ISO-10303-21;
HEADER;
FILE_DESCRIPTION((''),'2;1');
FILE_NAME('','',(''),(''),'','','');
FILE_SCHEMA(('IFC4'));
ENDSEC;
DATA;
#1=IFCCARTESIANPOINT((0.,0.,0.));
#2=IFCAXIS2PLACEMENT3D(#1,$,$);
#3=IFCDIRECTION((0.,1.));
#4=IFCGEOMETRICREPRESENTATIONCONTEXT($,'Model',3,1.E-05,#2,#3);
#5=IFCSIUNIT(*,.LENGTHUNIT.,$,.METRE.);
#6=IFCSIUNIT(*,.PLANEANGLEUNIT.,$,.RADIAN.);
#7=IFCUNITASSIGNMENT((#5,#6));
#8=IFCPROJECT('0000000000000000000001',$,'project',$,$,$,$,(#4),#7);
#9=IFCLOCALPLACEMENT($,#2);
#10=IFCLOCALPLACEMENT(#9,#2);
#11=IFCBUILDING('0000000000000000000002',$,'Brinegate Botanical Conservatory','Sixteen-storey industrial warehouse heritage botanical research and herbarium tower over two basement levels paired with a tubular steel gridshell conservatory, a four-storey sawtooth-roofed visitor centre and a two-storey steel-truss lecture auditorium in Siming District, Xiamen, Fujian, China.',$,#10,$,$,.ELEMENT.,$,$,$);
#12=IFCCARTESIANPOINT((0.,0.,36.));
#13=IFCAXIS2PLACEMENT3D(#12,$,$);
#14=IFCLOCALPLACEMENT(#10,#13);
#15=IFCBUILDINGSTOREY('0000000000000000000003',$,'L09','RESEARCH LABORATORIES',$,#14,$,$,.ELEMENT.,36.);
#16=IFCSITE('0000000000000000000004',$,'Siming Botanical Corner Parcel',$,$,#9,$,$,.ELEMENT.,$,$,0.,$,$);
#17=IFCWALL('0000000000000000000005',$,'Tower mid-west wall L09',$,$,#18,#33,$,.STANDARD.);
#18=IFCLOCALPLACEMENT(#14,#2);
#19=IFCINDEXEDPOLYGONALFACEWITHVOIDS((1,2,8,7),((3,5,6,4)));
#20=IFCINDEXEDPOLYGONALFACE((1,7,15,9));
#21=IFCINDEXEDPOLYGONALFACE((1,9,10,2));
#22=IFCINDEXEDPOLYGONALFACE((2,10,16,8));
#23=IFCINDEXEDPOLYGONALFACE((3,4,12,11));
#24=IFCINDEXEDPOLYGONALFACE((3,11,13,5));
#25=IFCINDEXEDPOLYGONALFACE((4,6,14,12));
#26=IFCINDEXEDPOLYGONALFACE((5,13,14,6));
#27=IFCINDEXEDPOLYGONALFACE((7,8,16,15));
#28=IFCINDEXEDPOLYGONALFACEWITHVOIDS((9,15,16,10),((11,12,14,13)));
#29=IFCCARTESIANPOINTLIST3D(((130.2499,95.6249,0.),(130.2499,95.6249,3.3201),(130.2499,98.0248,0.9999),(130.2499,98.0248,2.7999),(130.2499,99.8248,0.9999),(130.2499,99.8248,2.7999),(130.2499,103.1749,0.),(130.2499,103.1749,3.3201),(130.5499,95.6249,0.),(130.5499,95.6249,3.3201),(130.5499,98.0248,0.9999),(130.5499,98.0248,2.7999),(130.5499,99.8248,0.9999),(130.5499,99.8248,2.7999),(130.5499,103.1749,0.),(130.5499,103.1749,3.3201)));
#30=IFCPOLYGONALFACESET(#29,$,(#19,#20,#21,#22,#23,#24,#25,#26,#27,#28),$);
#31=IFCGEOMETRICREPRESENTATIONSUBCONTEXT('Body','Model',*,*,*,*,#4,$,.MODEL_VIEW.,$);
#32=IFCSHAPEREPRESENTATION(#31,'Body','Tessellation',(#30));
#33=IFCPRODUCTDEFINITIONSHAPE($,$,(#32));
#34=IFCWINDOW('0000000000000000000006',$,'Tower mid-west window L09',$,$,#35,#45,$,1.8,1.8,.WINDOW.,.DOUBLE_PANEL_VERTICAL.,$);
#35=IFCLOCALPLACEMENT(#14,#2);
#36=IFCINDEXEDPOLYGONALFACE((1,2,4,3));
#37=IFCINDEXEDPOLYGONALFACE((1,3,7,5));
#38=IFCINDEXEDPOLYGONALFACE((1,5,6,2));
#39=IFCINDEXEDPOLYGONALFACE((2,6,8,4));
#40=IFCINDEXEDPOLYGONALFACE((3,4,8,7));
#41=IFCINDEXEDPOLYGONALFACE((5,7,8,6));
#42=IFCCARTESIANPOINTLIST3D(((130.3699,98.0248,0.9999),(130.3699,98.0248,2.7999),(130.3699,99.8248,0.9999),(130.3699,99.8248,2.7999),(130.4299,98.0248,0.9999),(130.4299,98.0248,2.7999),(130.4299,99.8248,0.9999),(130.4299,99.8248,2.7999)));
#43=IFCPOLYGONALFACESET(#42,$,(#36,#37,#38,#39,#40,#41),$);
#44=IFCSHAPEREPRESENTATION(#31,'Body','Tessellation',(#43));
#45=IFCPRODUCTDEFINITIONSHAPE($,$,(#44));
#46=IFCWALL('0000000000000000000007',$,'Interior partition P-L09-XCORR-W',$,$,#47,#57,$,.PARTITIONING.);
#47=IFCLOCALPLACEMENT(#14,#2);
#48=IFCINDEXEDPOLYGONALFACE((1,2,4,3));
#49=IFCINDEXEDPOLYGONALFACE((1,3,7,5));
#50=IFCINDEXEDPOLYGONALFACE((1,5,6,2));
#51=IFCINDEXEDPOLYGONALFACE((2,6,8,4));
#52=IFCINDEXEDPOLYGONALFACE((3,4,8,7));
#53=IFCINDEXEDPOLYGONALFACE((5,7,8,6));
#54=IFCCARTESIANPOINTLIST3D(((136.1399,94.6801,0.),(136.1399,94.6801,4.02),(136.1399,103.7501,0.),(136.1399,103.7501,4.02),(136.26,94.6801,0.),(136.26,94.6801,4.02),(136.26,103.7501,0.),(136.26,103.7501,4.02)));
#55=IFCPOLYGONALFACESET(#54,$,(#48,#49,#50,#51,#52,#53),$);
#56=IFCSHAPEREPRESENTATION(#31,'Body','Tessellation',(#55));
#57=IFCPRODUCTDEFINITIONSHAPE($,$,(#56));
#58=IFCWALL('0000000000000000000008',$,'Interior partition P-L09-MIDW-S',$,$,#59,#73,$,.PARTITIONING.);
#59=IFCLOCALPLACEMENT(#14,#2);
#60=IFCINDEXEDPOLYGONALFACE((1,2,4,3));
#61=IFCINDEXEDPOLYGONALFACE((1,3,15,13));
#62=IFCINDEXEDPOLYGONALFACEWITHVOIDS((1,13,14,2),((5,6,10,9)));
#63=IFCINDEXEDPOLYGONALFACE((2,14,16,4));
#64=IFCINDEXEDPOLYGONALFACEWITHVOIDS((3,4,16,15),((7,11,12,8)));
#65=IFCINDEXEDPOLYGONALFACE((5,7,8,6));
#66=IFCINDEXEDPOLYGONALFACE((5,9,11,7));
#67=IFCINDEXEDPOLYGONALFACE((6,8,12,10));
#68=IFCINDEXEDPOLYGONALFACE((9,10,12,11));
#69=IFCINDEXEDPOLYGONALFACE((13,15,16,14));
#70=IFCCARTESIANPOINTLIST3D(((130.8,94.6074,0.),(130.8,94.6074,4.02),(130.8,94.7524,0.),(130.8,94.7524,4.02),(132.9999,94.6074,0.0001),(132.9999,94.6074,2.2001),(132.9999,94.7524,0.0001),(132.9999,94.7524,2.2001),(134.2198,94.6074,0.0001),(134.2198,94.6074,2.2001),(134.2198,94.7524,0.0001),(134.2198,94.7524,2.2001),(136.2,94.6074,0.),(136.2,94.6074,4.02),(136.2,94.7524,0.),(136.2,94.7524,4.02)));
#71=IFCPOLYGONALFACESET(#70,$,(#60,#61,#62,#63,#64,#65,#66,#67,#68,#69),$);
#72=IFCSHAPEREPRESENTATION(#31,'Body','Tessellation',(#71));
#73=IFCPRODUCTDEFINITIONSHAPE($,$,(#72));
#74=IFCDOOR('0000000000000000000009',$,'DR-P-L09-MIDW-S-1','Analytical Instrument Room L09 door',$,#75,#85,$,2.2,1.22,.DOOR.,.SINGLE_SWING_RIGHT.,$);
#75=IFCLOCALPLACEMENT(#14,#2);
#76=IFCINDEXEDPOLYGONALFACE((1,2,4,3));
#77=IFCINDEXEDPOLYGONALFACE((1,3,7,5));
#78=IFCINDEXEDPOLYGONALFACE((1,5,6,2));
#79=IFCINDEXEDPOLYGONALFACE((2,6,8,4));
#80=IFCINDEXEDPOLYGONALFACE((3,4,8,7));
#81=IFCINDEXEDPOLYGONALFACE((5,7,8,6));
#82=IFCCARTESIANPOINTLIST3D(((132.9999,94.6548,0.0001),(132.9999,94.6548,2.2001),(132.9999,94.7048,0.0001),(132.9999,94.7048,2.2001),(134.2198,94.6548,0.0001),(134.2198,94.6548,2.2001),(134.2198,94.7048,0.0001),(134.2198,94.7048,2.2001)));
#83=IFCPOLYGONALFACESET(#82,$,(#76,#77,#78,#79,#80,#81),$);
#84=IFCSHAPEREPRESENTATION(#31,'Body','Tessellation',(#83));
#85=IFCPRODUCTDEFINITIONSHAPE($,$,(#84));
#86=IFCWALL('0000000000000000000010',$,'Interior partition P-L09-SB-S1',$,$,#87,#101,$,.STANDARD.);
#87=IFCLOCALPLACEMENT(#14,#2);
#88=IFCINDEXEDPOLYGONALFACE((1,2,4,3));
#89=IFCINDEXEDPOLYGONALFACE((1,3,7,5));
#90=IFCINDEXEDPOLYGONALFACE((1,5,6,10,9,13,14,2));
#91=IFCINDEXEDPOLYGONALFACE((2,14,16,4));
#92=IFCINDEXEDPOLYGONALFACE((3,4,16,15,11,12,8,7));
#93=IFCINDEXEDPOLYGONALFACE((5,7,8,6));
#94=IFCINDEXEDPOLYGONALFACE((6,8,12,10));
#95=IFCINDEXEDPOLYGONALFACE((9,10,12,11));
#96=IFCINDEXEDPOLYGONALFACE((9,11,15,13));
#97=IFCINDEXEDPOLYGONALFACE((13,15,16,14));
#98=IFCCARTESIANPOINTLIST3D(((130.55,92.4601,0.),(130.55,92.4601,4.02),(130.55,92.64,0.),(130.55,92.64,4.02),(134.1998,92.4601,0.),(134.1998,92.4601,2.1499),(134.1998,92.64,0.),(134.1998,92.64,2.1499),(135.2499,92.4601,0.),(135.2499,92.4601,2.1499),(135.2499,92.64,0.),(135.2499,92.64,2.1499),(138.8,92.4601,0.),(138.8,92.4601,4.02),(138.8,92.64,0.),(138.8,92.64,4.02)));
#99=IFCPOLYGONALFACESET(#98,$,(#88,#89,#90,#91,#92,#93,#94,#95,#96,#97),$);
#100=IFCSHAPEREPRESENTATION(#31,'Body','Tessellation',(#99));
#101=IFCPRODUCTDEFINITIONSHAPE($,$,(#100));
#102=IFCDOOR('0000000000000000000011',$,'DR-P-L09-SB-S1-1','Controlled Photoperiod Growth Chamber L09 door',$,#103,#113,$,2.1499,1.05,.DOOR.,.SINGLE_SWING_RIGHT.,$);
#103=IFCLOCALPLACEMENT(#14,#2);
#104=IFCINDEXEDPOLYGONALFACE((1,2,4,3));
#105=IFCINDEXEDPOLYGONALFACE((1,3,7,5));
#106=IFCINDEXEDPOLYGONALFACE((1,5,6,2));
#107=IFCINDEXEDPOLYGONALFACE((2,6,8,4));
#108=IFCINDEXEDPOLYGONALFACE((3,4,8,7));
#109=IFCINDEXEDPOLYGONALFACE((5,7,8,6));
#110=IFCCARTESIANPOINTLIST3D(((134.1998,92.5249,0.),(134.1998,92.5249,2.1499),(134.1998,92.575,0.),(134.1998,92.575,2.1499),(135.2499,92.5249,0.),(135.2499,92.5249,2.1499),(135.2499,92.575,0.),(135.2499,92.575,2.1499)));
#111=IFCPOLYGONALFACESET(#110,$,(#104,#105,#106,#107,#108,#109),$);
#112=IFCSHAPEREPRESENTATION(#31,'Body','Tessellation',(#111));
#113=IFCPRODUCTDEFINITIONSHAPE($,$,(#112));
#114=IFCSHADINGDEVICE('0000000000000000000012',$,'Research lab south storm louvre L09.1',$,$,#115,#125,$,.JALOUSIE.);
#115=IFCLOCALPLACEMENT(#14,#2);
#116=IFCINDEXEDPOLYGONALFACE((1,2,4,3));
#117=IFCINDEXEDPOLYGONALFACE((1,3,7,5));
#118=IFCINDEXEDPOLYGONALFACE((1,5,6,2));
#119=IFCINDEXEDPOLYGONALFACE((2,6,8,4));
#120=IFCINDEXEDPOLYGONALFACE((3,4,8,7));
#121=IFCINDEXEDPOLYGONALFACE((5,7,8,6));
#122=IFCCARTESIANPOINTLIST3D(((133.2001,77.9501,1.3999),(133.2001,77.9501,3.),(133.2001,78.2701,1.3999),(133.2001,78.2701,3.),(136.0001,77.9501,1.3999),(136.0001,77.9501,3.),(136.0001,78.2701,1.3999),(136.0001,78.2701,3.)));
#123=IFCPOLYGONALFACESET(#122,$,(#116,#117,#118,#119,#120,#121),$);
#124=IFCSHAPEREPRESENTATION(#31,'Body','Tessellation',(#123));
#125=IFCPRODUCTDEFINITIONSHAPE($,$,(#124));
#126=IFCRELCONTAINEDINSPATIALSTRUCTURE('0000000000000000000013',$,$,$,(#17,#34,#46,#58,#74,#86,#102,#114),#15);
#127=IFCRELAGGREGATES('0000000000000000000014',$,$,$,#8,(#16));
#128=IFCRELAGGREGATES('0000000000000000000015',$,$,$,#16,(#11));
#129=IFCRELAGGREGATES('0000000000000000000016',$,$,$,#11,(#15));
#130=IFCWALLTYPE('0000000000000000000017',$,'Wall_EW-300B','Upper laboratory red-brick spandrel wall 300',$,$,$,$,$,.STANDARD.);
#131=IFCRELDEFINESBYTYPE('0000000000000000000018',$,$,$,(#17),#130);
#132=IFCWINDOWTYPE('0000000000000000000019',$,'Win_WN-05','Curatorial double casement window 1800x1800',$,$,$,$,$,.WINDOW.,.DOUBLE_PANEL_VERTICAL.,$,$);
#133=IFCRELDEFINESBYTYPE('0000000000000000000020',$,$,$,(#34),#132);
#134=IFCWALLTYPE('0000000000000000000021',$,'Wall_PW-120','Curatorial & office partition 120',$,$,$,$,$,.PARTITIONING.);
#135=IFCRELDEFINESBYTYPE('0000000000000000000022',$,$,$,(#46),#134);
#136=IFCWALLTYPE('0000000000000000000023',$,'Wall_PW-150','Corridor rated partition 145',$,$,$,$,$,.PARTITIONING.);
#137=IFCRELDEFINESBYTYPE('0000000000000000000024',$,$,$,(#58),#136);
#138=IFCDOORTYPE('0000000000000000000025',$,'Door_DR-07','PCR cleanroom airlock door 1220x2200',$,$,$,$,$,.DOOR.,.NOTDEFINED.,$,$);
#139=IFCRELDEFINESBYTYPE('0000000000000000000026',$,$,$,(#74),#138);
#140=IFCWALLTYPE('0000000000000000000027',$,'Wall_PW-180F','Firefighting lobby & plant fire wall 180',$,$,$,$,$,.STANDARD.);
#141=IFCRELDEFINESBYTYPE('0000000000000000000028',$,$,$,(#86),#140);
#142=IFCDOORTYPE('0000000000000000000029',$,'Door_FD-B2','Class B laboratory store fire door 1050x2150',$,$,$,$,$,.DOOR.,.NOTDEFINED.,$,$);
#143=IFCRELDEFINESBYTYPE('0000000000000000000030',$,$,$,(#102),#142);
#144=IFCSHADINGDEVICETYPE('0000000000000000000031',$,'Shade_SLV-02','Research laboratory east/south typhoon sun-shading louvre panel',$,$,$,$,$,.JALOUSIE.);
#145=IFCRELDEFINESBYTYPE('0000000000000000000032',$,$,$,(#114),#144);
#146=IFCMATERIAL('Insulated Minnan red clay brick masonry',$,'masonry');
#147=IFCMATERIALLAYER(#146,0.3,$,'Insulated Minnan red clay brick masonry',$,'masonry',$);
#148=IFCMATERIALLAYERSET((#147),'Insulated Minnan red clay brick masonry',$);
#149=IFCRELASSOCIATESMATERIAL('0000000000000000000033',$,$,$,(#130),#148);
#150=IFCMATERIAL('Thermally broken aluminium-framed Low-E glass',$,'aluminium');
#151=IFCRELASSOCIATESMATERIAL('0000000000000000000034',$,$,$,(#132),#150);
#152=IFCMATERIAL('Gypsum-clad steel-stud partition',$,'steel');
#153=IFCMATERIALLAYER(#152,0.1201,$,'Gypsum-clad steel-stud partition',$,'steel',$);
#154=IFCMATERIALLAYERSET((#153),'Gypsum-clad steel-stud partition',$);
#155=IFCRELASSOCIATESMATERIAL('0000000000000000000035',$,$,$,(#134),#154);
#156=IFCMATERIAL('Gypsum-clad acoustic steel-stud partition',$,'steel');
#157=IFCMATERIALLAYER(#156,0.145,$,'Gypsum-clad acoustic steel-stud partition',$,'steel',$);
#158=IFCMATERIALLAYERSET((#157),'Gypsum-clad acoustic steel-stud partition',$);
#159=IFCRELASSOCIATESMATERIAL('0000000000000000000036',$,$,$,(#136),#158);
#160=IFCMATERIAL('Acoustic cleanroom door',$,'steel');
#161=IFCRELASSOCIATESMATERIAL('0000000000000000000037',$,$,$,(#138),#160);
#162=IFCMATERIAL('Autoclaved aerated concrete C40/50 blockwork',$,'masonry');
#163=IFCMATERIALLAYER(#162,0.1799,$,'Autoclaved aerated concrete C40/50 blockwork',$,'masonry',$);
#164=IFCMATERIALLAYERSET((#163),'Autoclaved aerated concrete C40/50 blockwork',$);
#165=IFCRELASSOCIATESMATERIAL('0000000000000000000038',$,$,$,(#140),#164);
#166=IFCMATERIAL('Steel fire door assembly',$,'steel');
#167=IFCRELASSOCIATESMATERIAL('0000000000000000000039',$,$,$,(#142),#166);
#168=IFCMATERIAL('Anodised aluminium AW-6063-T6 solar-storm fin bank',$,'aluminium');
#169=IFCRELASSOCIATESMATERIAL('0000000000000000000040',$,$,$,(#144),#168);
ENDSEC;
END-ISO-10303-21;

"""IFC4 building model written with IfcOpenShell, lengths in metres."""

from ifc_helpers import new_model, si_unit, direction, frame, frame_2d, origin, origin_2d, place, context, subcontext, project, spatial, rectangle, extrude, material, layer, layer_set, type_object, element, fill, save


model = new_model("IFC4")

# Units and contexts
model_context = context("Model", 3, precision=1e-05, world=origin(), true_north=direction((0.0, 1.0)))
body_context = subcontext(model_context, "Body", "Model", "MODEL_VIEW")
ifc_project = project(units=[si_unit("LENGTHUNIT", "METRE"), si_unit("PLANEANGLEUNIT", "RADIAN")], contexts=[model_context])

# Site, building, storey
site_placement = place(None, origin())
site = spatial("IfcSite", under=ifc_project, at=site_placement, Name="Siming Botanical Corner Parcel", CompositionType="ELEMENT", RefElevation=0.0)
building_placement = place(site_placement, origin())
building = spatial("IfcBuilding", under=site, at=building_placement, Name="Brinegate Botanical Conservatory", Description="Sixteen-storey industrial warehouse heritage botanical research and herbarium tower over two basement levels paired with a tubular steel gridshell conservatory, a four-storey sawtooth-roofed visitor centre and a two-storey steel-truss lecture auditorium in Siming District, Xiamen, Fujian, China.", CompositionType="ELEMENT")
storey_placement = place(building_placement, frame((0.0, 0.0, 36.0)))
storey = spatial("IfcBuildingStorey", under=building, at=storey_placement, Name="L09", Description="RESEARCH LABORATORIES", CompositionType="ELEMENT", Elevation=36.0)

# Wall, opening, window
ifc_material_1 = material(Name="Insulated Minnan red clay brick masonry", Category="masonry")
ifc_layer_1 = layer(ifc_material_1, 0.3, Name="Insulated Minnan red clay brick masonry", Category="masonry")
ifc_layer_set_1 = layer_set([ifc_layer_1], Name="Insulated Minnan red clay brick masonry")
wall_type_1 = type_object("IfcWallType", Name="Wall_EW-300B", Description="Upper laboratory red-brick spandrel wall 300", PredefinedType="STANDARD", material=ifc_layer_set_1)
ifc_material_2 = material(Name="Thermally broken aluminium-framed Low-E glass", Category="aluminium")
wall_1_placement = place(storey_placement, frame((130.3999, 95.625, 0.0), z_axis=(0.0, 0.0, 1.0), x_axis=(0.0, 1.0, 0.0)))
wall_1 = element("IfcWall", 1, at=wall_1_placement, inside=storey, type_object=wall_type_1, Name="Tower mid-west wall L09", PredefinedType="STANDARD", context=body_context, shape_type="SweptSolid", body=[
    extrude(rectangle(XDim=7.55, YDim=0.3, at=frame_2d((3.7749, 0.0))), origin(), (0.0, 0.0, 1.0), 3.3201),
])
opening_1_placement = place(wall_1_placement, frame((2.3999, 0.0, 1.0)))
opening_1 = element("IfcOpeningElement", 2, at=opening_1_placement, cuts=wall_1, PredefinedType="OPENING", context=body_context, shape_type="SweptSolid", body=[
    extrude(rectangle(XDim=1.8, YDim=1.8, at=frame_2d((0.8999, 0.8999))), frame((0.0, 0.1599, 0.0), z_axis=(0.0, -1.0, 0.0), x_axis=(1.0, 0.0, 0.0)), (0.0, 0.0, 1.0), 0.3201),
])
window_type_1 = type_object("IfcWindowType", Name="Win_WN-05", Description="Curatorial double casement window 1800x1800", PartitioningType="DOUBLE_PANEL_VERTICAL", PredefinedType="WINDOW", material=ifc_material_2)
window_1_placement = place(opening_1_placement, origin())
window_1 = element("IfcWindow", 3, at=window_1_placement, inside=storey, type_object=window_type_1, Name="Tower mid-west window L09", OverallHeight=1.8, OverallWidth=1.8, PartitioningType="DOUBLE_PANEL_VERTICAL", PredefinedType="WINDOW", context=body_context, shape_type="SweptSolid", body=[
    extrude(rectangle(XDim=1.8, YDim=1.8, at=frame_2d((0.8999, 0.8999))), frame((0.0, 0.03, 0.0), z_axis=(0.0, -1.0, 0.0), x_axis=(1.0, 0.0, 0.0)), (0.0, 0.0, 1.0), 0.0601),
])
fill(opening_1, window_1)

# Wall
ifc_material_3 = material(Name="Gypsum-clad steel-stud partition", Category="steel")
ifc_layer_2 = layer(ifc_material_3, 0.1201, Name="Gypsum-clad steel-stud partition", Category="steel")
ifc_layer_set_2 = layer_set([ifc_layer_2], Name="Gypsum-clad steel-stud partition")
wall_type_2 = type_object("IfcWallType", Name="Wall_PW-120", Description="Curatorial & office partition 120", PredefinedType="PARTITIONING", material=ifc_layer_set_2)
wall_2_placement = place(storey_placement, frame((136.2, 94.6799, 0.0), z_axis=(0.0, 0.0, 1.0), x_axis=(0.0, 1.0, 0.0)))
element("IfcWall", 4, at=wall_2_placement, inside=storey, type_object=wall_type_2, Name="Interior partition P-L09-XCORR-W", PredefinedType="PARTITIONING", context=body_context, shape_type="SweptSolid", body=[
    extrude(rectangle(XDim=9.0701, YDim=0.1201, at=frame_2d((4.5352, 0.0))), origin(), (0.0, 0.0, 1.0), 4.02),
])

# Walls, openings, doors
ifc_material_4 = material(Name="Gypsum-clad acoustic steel-stud partition", Category="steel")
ifc_layer_3 = layer(ifc_material_4, 0.145, Name="Gypsum-clad acoustic steel-stud partition", Category="steel")
ifc_layer_set_3 = layer_set([ifc_layer_3], Name="Gypsum-clad acoustic steel-stud partition")
wall_type_3 = type_object("IfcWallType", Name="Wall_PW-150", Description="Corridor rated partition 145", PredefinedType="PARTITIONING", material=ifc_layer_set_3)
wall_3_placement = place(storey_placement, frame((130.8, 94.6799, 0.0), z_axis=(0.0, 0.0, 1.0), x_axis=(1.0, 0.0, 0.0)))
wall_3 = element("IfcWall", 5, at=wall_3_placement, inside=storey, type_object=wall_type_3, Name="Interior partition P-L09-MIDW-S", PredefinedType="PARTITIONING", context=body_context, shape_type="SweptSolid", body=[
    extrude(rectangle(XDim=5.3999, YDim=0.145, at=frame_2d((2.7, 0.0))), origin(), (0.0, 0.0, 1.0), 4.02),
])
opening_2_placement = place(wall_3_placement, frame((2.2, 0.0, 0.0)))
opening_2 = element("IfcOpeningElement", 6, at=opening_2_placement, cuts=wall_3, PredefinedType="OPENING", context=body_context, shape_type="SweptSolid", body=[
    extrude(rectangle(XDim=1.22, YDim=2.2, at=frame_2d((0.6099, 1.1001))), frame((0.0, 0.0825, 0.0), z_axis=(0.0, -1.0, 0.0), x_axis=(1.0, 0.0, 0.0)), (0.0, 0.0, 1.0), 0.165),
])
ifc_material_5 = material(Name="Acoustic cleanroom door", Category="steel")
door_type_1 = type_object("IfcDoorType", Name="Door_DR-07", Description="PCR cleanroom airlock door 1220x2200", OperationType="NOTDEFINED", PredefinedType="DOOR", material=ifc_material_5)
door_1_placement = place(opening_2_placement, origin())
door_1 = element("IfcDoor", 7, at=door_1_placement, inside=storey, type_object=door_type_1, Name="DR-P-L09-MIDW-S-1", Description="Analytical Instrument Room L09 door", OperationType="SINGLE_SWING_RIGHT", OverallHeight=2.2, OverallWidth=1.22, PredefinedType="DOOR", context=body_context, shape_type="SweptSolid", body=[
    extrude(rectangle(XDim=1.22, YDim=2.2, at=frame_2d((0.6099, 1.1001))), frame((0.0, 0.0249, 0.0), z_axis=(0.0, -1.0, 0.0), x_axis=(1.0, 0.0, 0.0)), (0.0, 0.0, 1.0), 0.05),
])
fill(opening_2, door_1)
ifc_material_6 = material(Name="Autoclaved aerated concrete C40/50 blockwork", Category="masonry")
ifc_layer_4 = layer(ifc_material_6, 0.1799, Name="Autoclaved aerated concrete C40/50 blockwork", Category="masonry")
ifc_layer_set_4 = layer_set([ifc_layer_4], Name="Autoclaved aerated concrete C40/50 blockwork")
wall_type_4 = type_object("IfcWallType", Name="Wall_PW-180F", Description="Firefighting lobby & plant fire wall 180", PredefinedType="STANDARD", material=ifc_layer_set_4)
wall_4_placement = place(storey_placement, frame((130.55, 92.55, 0.0), z_axis=(0.0, 0.0, 1.0), x_axis=(1.0, 0.0, 0.0)))
wall_4 = element("IfcWall", 8, at=wall_4_placement, inside=storey, type_object=wall_type_4, Name="Interior partition P-L09-SB-S1", PredefinedType="STANDARD", context=body_context, shape_type="SweptSolid", body=[
    extrude(rectangle(XDim=8.25, YDim=0.1799, at=frame_2d((4.125, 0.0))), origin(), (0.0, 0.0, 1.0), 4.02),
])
opening_3_placement = place(wall_4_placement, frame((3.6499, 0.0, 0.0)))
opening_3 = element("IfcOpeningElement", 9, at=opening_3_placement, cuts=wall_4, PredefinedType="OPENING", context=body_context, shape_type="SweptSolid", body=[
    extrude(rectangle(XDim=1.05, YDim=2.1499, at=frame_2d((0.5249, 1.075))), frame((0.0, 0.0999, 0.0), z_axis=(0.0, -1.0, 0.0), x_axis=(1.0, 0.0, 0.0)), (0.0, 0.0, 1.0), 0.2),
])
ifc_material_7 = material(Name="Steel fire door assembly", Category="steel")
door_type_2 = type_object("IfcDoorType", Name="Door_FD-B2", Description="Class B laboratory store fire door 1050x2150", OperationType="NOTDEFINED", PredefinedType="DOOR", material=ifc_material_7)
door_2_placement = place(opening_3_placement, origin())
door_2 = element("IfcDoor", 10, at=door_2_placement, inside=storey, type_object=door_type_2, Name="DR-P-L09-SB-S1-1", Description="Controlled Photoperiod Growth Chamber L09 door", OperationType="SINGLE_SWING_RIGHT", OverallHeight=2.1499, OverallWidth=1.05, PredefinedType="DOOR", context=body_context, shape_type="SweptSolid", body=[
    extrude(rectangle(XDim=1.05, YDim=2.1499, at=frame_2d((0.5249, 1.075))), frame((0.0, 0.0249, 0.0), z_axis=(0.0, -1.0, 0.0), x_axis=(1.0, 0.0, 0.0)), (0.0, 0.0, 1.0), 0.05),
])
fill(opening_3, door_2)

# Shading device
ifc_material_8 = material(Name="Anodised aluminium AW-6063-T6 solar-storm fin bank", Category="aluminium")
shading_device_type = type_object("IfcShadingDeviceType", Name="Shade_SLV-02", Description="Research laboratory east/south typhoon sun-shading louvre panel", PredefinedType="JALOUSIE", material=ifc_material_8)
shading_device_placement = place(storey_placement, frame((134.6001, 78.1101, 1.3999), z_axis=(0.0, 0.0, 1.0), x_axis=(1.0, 0.0, 0.0)))
element("IfcShadingDevice", 11, at=shading_device_placement, inside=storey, type_object=shading_device_type, Name="Research lab south storm louvre L09.1", PredefinedType="JALOUSIE", context=body_context, shape_type="SweptSolid", body=[
    extrude(rectangle(XDim=2.8, YDim=0.3201, at=origin_2d()), origin(), (0.0, 0.0, 1.0), 1.6001),
])

save(model, "model.ifc")
